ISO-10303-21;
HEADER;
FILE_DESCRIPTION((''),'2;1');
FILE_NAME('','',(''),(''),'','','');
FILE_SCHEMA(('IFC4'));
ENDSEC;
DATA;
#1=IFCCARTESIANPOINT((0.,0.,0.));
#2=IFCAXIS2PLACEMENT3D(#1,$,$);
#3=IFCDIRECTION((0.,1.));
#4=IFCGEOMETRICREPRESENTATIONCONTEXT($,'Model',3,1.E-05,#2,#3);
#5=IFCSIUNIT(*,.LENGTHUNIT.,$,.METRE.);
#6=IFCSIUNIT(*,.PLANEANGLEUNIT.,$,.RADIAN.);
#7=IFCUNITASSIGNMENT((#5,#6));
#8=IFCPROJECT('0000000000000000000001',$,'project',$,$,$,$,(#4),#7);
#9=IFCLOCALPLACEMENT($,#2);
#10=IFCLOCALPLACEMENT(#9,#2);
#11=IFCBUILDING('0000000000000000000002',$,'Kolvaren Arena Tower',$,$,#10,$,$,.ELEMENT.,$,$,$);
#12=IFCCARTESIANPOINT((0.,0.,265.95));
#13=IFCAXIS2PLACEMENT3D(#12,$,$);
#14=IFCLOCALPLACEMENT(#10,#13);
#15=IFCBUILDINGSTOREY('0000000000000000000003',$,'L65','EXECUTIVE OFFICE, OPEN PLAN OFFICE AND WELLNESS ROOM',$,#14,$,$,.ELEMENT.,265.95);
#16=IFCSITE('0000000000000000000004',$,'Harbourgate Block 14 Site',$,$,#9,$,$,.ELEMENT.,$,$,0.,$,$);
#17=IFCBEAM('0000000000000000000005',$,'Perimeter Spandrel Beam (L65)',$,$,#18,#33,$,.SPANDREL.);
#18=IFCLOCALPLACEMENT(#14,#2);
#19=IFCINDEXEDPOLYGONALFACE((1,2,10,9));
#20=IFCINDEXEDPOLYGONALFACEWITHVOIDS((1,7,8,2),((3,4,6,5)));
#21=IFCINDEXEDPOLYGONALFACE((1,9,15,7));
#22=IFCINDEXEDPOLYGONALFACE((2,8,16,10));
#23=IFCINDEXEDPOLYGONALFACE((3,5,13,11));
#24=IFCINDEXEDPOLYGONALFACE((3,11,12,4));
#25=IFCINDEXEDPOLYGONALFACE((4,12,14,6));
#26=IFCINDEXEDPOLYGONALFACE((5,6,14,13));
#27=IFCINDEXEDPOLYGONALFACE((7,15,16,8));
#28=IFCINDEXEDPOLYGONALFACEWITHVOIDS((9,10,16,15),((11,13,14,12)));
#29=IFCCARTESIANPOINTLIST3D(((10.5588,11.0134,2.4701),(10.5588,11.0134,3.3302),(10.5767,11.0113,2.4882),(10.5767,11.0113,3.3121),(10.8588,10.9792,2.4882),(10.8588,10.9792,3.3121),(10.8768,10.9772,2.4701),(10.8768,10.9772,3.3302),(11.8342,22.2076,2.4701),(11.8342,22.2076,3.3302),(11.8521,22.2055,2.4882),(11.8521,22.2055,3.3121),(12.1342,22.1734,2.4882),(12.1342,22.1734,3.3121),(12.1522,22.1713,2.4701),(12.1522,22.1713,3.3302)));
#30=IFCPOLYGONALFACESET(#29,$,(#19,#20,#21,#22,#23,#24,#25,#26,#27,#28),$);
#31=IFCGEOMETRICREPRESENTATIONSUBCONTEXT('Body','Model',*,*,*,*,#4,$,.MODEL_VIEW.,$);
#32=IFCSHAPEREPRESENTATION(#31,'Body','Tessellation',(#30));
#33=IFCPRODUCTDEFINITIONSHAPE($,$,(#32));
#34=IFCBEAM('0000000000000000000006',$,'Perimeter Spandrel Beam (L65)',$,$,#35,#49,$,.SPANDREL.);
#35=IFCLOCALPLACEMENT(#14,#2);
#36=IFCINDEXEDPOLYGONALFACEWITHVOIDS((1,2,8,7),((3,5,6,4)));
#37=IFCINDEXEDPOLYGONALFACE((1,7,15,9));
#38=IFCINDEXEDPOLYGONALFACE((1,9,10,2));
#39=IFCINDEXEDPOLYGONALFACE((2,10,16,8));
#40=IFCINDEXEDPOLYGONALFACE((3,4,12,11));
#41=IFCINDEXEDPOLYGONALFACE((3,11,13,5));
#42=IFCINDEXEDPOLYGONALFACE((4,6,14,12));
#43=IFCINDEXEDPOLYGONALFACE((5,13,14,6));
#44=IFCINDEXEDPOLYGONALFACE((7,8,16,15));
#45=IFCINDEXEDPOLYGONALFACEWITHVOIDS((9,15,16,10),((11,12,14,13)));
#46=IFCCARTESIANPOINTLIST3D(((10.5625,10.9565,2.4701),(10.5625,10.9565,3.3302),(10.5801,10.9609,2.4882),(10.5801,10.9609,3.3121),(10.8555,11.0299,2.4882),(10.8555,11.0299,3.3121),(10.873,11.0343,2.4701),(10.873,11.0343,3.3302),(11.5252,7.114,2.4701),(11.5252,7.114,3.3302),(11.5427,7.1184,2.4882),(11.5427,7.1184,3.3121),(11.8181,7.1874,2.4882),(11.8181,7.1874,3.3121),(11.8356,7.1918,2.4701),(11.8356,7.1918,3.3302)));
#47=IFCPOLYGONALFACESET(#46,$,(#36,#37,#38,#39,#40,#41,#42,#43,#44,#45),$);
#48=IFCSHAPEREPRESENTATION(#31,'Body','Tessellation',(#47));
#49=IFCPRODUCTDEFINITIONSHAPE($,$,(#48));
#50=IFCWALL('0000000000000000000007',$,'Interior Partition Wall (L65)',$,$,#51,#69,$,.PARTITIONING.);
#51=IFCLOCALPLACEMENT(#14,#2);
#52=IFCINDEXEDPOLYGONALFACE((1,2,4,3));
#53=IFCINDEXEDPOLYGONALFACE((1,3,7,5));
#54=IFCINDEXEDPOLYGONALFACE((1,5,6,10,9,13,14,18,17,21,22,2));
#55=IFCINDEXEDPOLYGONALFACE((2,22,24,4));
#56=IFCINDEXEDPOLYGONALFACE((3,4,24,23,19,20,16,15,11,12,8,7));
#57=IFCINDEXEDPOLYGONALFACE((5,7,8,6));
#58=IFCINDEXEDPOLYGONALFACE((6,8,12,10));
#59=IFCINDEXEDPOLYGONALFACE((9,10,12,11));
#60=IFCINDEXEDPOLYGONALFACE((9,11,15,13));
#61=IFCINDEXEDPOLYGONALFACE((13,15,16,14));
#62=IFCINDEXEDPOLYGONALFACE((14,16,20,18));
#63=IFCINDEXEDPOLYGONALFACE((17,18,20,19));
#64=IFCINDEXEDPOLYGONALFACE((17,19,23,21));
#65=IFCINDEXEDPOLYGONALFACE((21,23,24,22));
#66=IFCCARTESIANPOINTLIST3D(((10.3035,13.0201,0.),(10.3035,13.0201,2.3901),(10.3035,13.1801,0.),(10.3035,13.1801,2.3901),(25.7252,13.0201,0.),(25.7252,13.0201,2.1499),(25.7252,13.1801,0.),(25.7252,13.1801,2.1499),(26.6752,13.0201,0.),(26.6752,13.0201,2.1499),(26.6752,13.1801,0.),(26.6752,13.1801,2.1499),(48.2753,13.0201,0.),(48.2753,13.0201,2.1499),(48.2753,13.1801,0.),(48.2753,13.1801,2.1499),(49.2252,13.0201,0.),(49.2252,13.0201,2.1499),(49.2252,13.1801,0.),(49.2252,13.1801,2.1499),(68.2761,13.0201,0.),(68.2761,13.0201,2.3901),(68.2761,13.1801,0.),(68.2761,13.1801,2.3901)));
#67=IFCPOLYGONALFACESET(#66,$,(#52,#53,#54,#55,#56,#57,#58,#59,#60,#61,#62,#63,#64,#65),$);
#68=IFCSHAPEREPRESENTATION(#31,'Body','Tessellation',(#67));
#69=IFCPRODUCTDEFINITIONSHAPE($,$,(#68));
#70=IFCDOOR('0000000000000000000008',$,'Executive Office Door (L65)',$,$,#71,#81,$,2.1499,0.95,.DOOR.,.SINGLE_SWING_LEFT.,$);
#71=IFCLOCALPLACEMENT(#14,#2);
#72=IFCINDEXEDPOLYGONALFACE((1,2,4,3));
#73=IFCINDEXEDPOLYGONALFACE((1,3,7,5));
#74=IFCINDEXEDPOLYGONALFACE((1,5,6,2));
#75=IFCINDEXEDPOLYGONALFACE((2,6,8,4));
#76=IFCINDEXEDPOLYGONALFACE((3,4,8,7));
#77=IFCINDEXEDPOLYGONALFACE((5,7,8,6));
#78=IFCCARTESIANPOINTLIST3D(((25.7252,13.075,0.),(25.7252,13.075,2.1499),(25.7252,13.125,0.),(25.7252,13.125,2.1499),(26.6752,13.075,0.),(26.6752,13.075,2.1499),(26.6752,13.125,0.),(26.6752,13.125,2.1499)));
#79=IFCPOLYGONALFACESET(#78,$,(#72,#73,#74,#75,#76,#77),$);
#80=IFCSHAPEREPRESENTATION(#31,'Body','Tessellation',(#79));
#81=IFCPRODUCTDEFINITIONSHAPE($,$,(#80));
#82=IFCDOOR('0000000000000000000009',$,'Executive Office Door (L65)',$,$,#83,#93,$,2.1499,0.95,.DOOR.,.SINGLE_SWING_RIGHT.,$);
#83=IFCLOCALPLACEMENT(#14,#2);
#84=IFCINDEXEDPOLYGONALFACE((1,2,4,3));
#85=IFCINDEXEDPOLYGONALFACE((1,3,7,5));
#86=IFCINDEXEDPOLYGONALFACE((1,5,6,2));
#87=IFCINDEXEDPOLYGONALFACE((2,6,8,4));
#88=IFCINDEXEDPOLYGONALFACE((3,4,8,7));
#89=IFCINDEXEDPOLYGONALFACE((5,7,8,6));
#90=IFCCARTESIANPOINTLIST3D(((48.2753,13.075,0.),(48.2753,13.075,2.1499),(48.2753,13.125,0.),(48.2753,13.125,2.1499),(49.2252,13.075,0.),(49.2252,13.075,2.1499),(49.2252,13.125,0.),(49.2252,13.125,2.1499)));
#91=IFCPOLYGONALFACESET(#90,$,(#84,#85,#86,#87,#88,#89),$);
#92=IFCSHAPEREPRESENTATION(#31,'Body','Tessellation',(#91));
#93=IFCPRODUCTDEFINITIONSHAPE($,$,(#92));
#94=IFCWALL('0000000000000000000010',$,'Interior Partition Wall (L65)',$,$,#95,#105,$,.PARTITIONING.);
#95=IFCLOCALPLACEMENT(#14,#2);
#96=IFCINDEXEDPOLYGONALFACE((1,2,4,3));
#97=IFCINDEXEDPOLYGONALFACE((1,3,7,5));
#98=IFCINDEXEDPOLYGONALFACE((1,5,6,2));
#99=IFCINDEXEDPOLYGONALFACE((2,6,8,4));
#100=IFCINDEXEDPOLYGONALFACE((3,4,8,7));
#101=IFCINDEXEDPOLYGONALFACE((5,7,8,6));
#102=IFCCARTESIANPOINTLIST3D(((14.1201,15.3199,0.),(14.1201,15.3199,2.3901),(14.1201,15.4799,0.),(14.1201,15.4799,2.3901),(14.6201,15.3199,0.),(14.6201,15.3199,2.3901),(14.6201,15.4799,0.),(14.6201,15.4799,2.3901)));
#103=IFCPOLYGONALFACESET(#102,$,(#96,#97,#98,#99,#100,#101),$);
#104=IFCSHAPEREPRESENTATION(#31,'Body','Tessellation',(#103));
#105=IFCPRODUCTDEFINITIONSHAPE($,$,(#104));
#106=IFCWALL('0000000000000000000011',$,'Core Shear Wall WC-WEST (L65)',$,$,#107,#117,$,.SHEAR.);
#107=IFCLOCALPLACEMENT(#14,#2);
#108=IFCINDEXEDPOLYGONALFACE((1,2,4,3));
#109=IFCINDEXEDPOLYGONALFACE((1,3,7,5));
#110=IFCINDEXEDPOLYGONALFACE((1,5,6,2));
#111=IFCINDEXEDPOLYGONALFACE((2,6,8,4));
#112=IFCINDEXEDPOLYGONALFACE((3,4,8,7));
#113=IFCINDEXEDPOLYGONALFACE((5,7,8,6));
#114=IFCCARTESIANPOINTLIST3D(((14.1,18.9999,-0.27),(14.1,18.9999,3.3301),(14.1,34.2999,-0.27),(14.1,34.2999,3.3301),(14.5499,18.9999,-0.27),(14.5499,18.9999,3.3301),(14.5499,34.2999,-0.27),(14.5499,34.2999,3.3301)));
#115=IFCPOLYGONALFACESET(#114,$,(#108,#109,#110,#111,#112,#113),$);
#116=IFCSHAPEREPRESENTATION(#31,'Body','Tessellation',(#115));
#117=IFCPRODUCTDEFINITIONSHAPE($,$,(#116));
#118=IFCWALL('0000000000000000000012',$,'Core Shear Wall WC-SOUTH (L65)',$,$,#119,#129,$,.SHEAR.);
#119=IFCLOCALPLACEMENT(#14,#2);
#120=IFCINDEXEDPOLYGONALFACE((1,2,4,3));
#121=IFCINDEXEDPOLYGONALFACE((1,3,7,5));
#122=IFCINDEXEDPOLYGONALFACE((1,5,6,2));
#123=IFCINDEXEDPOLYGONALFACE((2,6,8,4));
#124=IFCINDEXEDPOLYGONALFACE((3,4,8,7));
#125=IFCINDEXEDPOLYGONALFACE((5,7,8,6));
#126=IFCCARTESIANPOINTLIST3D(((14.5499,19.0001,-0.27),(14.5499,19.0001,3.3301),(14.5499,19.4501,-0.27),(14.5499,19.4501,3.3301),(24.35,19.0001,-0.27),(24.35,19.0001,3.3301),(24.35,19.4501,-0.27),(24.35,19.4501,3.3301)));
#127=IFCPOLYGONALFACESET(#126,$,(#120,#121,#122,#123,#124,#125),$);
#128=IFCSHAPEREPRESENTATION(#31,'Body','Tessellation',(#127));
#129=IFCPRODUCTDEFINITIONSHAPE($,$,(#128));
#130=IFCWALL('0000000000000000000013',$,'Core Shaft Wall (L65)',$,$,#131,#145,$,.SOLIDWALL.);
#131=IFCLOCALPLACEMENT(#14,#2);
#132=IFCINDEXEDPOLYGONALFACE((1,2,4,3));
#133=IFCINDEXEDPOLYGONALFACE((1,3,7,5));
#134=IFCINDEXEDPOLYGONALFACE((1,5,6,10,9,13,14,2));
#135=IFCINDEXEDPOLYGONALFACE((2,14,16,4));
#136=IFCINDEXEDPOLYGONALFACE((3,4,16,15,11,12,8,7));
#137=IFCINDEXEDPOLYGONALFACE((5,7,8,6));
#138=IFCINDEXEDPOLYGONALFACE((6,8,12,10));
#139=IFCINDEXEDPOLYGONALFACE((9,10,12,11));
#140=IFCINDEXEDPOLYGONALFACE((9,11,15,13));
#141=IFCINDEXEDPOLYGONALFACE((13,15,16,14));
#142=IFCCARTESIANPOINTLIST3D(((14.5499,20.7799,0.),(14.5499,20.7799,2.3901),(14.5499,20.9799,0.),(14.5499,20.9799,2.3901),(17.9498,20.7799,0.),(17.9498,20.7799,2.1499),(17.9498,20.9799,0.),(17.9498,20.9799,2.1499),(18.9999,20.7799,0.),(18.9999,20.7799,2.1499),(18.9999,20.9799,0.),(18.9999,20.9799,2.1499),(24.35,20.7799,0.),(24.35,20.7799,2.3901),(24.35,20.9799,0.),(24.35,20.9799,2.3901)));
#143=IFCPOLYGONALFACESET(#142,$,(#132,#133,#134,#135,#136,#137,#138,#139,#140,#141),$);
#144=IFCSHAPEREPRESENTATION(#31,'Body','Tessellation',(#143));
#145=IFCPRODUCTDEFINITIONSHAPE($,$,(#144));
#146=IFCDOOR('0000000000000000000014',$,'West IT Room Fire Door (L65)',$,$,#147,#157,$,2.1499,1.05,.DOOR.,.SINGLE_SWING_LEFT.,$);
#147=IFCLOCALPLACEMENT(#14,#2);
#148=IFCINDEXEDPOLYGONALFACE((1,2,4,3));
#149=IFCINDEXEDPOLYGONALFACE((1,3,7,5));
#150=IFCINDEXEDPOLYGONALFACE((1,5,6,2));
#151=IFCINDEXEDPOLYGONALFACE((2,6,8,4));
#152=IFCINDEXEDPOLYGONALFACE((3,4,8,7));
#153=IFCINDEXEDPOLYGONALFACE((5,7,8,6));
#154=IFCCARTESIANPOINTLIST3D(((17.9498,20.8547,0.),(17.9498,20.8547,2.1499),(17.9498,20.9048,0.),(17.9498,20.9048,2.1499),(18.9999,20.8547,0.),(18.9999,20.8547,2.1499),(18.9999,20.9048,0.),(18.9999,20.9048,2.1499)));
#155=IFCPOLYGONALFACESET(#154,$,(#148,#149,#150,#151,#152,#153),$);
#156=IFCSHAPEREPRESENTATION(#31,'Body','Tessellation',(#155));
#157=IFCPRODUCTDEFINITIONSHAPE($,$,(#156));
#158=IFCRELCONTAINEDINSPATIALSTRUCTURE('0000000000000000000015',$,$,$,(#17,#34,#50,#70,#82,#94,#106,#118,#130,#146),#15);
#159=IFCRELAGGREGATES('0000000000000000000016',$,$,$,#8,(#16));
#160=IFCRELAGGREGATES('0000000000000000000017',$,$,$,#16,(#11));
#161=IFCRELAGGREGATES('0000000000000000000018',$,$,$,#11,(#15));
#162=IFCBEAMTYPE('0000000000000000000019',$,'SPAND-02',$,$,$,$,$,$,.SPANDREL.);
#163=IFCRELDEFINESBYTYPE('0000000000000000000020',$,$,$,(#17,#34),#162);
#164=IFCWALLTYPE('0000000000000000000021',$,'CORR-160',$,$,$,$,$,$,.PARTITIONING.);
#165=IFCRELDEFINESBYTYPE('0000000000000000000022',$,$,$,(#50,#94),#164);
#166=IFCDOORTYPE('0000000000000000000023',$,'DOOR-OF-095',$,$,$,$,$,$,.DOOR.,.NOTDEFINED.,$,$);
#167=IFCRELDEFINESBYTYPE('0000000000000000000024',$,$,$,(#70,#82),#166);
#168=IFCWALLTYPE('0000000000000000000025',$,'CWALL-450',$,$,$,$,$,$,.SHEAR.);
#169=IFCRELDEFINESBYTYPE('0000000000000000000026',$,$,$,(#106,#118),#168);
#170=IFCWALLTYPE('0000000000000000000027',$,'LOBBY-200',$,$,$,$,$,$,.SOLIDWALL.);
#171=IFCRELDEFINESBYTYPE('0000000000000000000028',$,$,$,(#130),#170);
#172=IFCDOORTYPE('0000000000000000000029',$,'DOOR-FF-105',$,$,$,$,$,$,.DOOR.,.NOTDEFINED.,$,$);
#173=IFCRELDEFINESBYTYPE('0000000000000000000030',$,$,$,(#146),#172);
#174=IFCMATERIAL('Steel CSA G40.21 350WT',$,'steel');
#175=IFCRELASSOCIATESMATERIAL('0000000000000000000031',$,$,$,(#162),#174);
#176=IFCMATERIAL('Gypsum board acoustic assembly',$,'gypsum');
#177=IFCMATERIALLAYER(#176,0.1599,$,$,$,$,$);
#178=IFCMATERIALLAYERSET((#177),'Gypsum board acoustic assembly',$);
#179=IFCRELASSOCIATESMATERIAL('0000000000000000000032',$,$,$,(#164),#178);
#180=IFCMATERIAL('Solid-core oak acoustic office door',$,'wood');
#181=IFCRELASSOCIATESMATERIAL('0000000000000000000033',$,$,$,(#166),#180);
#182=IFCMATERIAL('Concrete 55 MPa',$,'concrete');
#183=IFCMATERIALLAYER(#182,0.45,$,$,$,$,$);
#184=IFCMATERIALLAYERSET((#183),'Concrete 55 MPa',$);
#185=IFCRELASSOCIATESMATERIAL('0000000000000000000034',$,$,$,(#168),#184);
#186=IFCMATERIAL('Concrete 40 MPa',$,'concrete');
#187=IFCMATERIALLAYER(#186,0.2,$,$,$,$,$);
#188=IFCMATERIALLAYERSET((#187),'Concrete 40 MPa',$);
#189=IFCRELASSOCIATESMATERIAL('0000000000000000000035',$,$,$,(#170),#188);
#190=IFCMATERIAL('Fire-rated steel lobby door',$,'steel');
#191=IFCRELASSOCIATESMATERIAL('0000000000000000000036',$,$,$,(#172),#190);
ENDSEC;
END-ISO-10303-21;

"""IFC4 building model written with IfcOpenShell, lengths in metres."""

from ifc_helpers import new_model, si_unit, direction, frame, frame_2d, origin, origin_2d, place, context, subcontext, project, spatial, rectangle, hollow_rectangle, extrude, material, layer, layer_set, material_profile, profile_set, type_object, element, fill, save


model = new_model("IFC4")

# Units and contexts
model_context = context("Model", 3, precision=1e-05, world=origin(), true_north=direction((0.0, 1.0)))
body_context = subcontext(model_context, "Body", "Model", "MODEL_VIEW")
ifc_project = project(units=[si_unit("LENGTHUNIT", "METRE"), si_unit("PLANEANGLEUNIT", "RADIAN")], contexts=[model_context])

# Site, building, storey
site_placement = place(None, origin())
site = spatial("IfcSite", under=ifc_project, at=site_placement, Name="Harbourgate Block 14 Site", CompositionType="ELEMENT", RefElevation=0.0)
building_placement = place(site_placement, origin())
building = spatial("IfcBuilding", under=site, at=building_placement, Name="Kolvaren Arena Tower", CompositionType="ELEMENT")
storey_placement = place(building_placement, frame((0.0, 0.0, 265.95)))
storey = spatial("IfcBuildingStorey", under=building, at=storey_placement, Name="L65", Description="EXECUTIVE OFFICE, OPEN PLAN OFFICE AND WELLNESS ROOM", CompositionType="ELEMENT", Elevation=265.95)

# Beams
ifc_material_1 = material(Name="Steel CSA G40.21 350WT", Category="steel")
ifc_material_profile_1 = material_profile(ifc_material_1, hollow_rectangle(XDim=0.3201, YDim=0.8601, WallThickness=0.0181, at=origin_2d()), Name="HSS 860x320x18")
ifc_profile_set_1 = profile_set([ifc_material_profile_1], Name="Steel CSA G40.21 350WT")
beam_type_1 = type_object("IfcBeamType", Name="SPAND-02", PredefinedType="SPANDREL", material=ifc_profile_set_1)
beam_1_placement = place(storey_placement, frame((11.9932, 22.1895, 2.9001), z_axis=(-0.113202, -0.993572, 0.0), x_axis=(0.993572, -0.113202, 0.0)))
element("IfcBeam", 1, at=beam_1_placement, inside=storey, type_object=beam_type_1, Name="Perimeter Spandrel Beam (L65)", PredefinedType="SPANDREL", context=body_context, shape_type="SweptSolid", body=[
    extrude(hollow_rectangle(XDim=0.3201, YDim=0.8601, WallThickness=0.0181, at=origin_2d()), origin(), (0.0, 0.0, 1.0), 11.2666),
])
beam_2_placement = place(storey_placement, frame((10.7178, 10.9954, 2.9001), z_axis=(0.243014, -0.970023, 0.0), x_axis=(0.970023, 0.243014, 0.0)))
element("IfcBeam", 2, at=beam_2_placement, inside=storey, type_object=beam_type_1, Name="Perimeter Spandrel Beam (L65)", PredefinedType="SPANDREL", context=body_context, shape_type="SweptSolid", body=[
    extrude(hollow_rectangle(XDim=0.3201, YDim=0.8601, WallThickness=0.0181, at=origin_2d()), origin(), (0.0, 0.0, 1.0), 3.9612),
])

# Wall, openings, doors
ifc_material_2 = material(Name="Gypsum board acoustic assembly", Category="gypsum")
ifc_layer_1 = layer(ifc_material_2, 0.1599)
ifc_layer_set_1 = layer_set([ifc_layer_1], Name="Gypsum board acoustic assembly")
wall_type_1 = type_object("IfcWallType", Name="CORR-160", PredefinedType="PARTITIONING", material=ifc_layer_set_1)
wall_1_placement = place(storey_placement, frame((10.3035, 13.1001, 0.0), z_axis=(0.0, 0.0, 1.0), x_axis=(1.0, 0.0, 0.0)))
wall_1 = element("IfcWall", 3, at=wall_1_placement, inside=storey, type_object=wall_type_1, Name="Interior Partition Wall (L65)", PredefinedType="PARTITIONING", context=body_context, shape_type="SweptSolid", body=[
    extrude(rectangle(XDim=57.9727, YDim=0.1599, at=frame_2d((28.9863, 0.0))), origin(), (0.0, 0.0, 1.0), 2.3901),
])
opening_1_placement = place(wall_1_placement, frame((15.4216, 0.0, 0.0)))
opening_1 = element("IfcOpeningElement", 4, at=opening_1_placement, cuts=wall_1, PredefinedType="OPENING", context=body_context, shape_type="SweptSolid", body=[
    extrude(rectangle(XDim=0.95, YDim=2.1499, at=frame_2d((0.4751, 1.075))), frame((0.0, 0.0898, 0.0), z_axis=(0.0, -1.0, 0.0), x_axis=(1.0, 0.0, 0.0)), (0.0, 0.0, 1.0), 0.1799),
])
opening_2_placement = place(wall_1_placement, frame((37.9717, 0.0, 0.0)))
opening_2 = element("IfcOpeningElement", 5, at=opening_2_placement, cuts=wall_1, PredefinedType="OPENING", context=body_context, shape_type="SweptSolid", body=[
    extrude(rectangle(XDim=0.95, YDim=2.1499, at=frame_2d((0.4751, 1.075))), frame((0.0, 0.0898, 0.0), z_axis=(0.0, -1.0, 0.0), x_axis=(1.0, 0.0, 0.0)), (0.0, 0.0, 1.0), 0.1799),
])
ifc_material_3 = material(Name="Solid-core oak acoustic office door", Category="wood")
door_type_1 = type_object("IfcDoorType", Name="DOOR-OF-095", OperationType="NOTDEFINED", PredefinedType="DOOR", material=ifc_material_3)
door_1_placement = place(opening_1_placement, origin())
door_1 = element("IfcDoor", 6, at=door_1_placement, inside=storey, type_object=door_type_1, Name="Executive Office Door (L65)", OperationType="SINGLE_SWING_LEFT", OverallHeight=2.1499, OverallWidth=0.95, PredefinedType="DOOR", context=body_context, shape_type="SweptSolid", body=[
    extrude(rectangle(XDim=0.95, YDim=2.1499, at=frame_2d((0.4751, 1.075))), frame((0.0, 0.0249, 0.0), z_axis=(0.0, -1.0, 0.0), x_axis=(1.0, 0.0, 0.0)), (0.0, 0.0, 1.0), 0.05),
])
fill(opening_1, door_1)
door_2_placement = place(opening_2_placement, origin())
door_2 = element("IfcDoor", 7, at=door_2_placement, inside=storey, type_object=door_type_1, Name="Executive Office Door (L65)", OperationType="SINGLE_SWING_RIGHT", OverallHeight=2.1499, OverallWidth=0.95, PredefinedType="DOOR", context=body_context, shape_type="SweptSolid", body=[
    extrude(rectangle(XDim=0.95, YDim=2.1499, at=frame_2d((0.4751, 1.075))), frame((0.0, 0.0249, 0.0), z_axis=(0.0, -1.0, 0.0), x_axis=(1.0, 0.0, 0.0)), (0.0, 0.0, 1.0), 0.05),
])
fill(opening_2, door_2)

# Walls
wall_2_placement = place(storey_placement, frame((14.1201, 15.3999, 0.0), z_axis=(0.0, 0.0, 1.0), x_axis=(1.0, 0.0, 0.0)))
element("IfcWall", 8, at=wall_2_placement, inside=storey, type_object=wall_type_1, Name="Interior Partition Wall (L65)", PredefinedType="PARTITIONING", context=body_context, shape_type="SweptSolid", body=[
    extrude(rectangle(XDim=0.5, YDim=0.1599, at=frame_2d((0.25, 0.0))), origin(), (0.0, 0.0, 1.0), 2.3901),
])
ifc_material_4 = material(Name="Concrete 55 MPa", Category="concrete")
ifc_layer_2 = layer(ifc_material_4, 0.45)
ifc_layer_set_2 = layer_set([ifc_layer_2], Name="Concrete 55 MPa")
wall_type_2 = type_object("IfcWallType", Name="CWALL-450", PredefinedType="SHEAR", material=ifc_layer_set_2)
wall_3_placement = place(storey_placement, frame((14.325, 19.0, -0.27), z_axis=(0.0, 0.0, 1.0), x_axis=(0.0, 1.0, 0.0)))
element("IfcWall", 9, at=wall_3_placement, inside=storey, type_object=wall_type_2, Name="Core Shear Wall WC-WEST (L65)", PredefinedType="SHEAR", context=body_context, shape_type="SweptSolid", body=[
    extrude(rectangle(XDim=15.3, YDim=0.45, at=frame_2d((7.6499, 0.0))), origin(), (0.0, 0.0, 1.0), 3.6001),
])
wall_4_placement = place(storey_placement, frame((14.55, 19.2251, -0.27), z_axis=(0.0, 0.0, 1.0), x_axis=(1.0, 0.0, 0.0)))
element("IfcWall", 10, at=wall_4_placement, inside=storey, type_object=wall_type_2, Name="Core Shear Wall WC-SOUTH (L65)", PredefinedType="SHEAR", context=body_context, shape_type="SweptSolid", body=[
    extrude(rectangle(XDim=9.8, YDim=0.45, at=frame_2d((4.8999, 0.0))), origin(), (0.0, 0.0, 1.0), 3.6001),
])

# Wall, opening, door
ifc_material_5 = material(Name="Concrete 40 MPa", Category="concrete")
ifc_layer_3 = layer(ifc_material_5, 0.2)
ifc_layer_set_3 = layer_set([ifc_layer_3], Name="Concrete 40 MPa")
wall_type_3 = type_object("IfcWallType", Name="LOBBY-200", PredefinedType="SOLIDWALL", material=ifc_layer_set_3)
wall_5_placement = place(storey_placement, frame((14.55, 20.8799, 0.0), z_axis=(0.0, 0.0, 1.0), x_axis=(1.0, 0.0, 0.0)))
wall_5 = element("IfcWall", 11, at=wall_5_placement, inside=storey, type_object=wall_type_3, Name="Core Shaft Wall (L65)", PredefinedType="SOLIDWALL", context=body_context, shape_type="SweptSolid", body=[
    extrude(rectangle(XDim=9.8, YDim=0.2, at=frame_2d((4.8999, 0.0))), origin(), (0.0, 0.0, 1.0), 2.3901),
])
opening_3_placement = place(wall_5_placement, frame((3.3999, 0.0, 0.0)))
opening_3 = element("IfcOpeningElement", 12, at=opening_3_placement, cuts=wall_5, PredefinedType="OPENING", context=body_context, shape_type="SweptSolid", body=[
    extrude(rectangle(XDim=1.05, YDim=2.1499, at=frame_2d((0.5249, 1.075))), frame((0.0, 0.1099, 0.0), z_axis=(0.0, -1.0, 0.0), x_axis=(1.0, 0.0, 0.0)), (0.0, 0.0, 1.0), 0.22),
])
ifc_material_6 = material(Name="Fire-rated steel lobby door", Category="steel")
door_type_2 = type_object("IfcDoorType", Name="DOOR-FF-105", OperationType="NOTDEFINED", PredefinedType="DOOR", material=ifc_material_6)
door_3_placement = place(opening_3_placement, origin())
door_3 = element("IfcDoor", 13, at=door_3_placement, inside=storey, type_object=door_type_2, Name="West IT Room Fire Door (L65)", OperationType="SINGLE_SWING_LEFT", OverallHeight=2.1499, OverallWidth=1.05, PredefinedType="DOOR", context=body_context, shape_type="SweptSolid", body=[
    extrude(rectangle(XDim=1.05, YDim=2.1499, at=frame_2d((0.5249, 1.075))), frame((0.0, 0.0249, 0.0), z_axis=(0.0, -1.0, 0.0), x_axis=(1.0, 0.0, 0.0)), (0.0, 0.0, 1.0), 0.05),
])
fill(opening_3, door_3)

save(model, "model.ifc")
